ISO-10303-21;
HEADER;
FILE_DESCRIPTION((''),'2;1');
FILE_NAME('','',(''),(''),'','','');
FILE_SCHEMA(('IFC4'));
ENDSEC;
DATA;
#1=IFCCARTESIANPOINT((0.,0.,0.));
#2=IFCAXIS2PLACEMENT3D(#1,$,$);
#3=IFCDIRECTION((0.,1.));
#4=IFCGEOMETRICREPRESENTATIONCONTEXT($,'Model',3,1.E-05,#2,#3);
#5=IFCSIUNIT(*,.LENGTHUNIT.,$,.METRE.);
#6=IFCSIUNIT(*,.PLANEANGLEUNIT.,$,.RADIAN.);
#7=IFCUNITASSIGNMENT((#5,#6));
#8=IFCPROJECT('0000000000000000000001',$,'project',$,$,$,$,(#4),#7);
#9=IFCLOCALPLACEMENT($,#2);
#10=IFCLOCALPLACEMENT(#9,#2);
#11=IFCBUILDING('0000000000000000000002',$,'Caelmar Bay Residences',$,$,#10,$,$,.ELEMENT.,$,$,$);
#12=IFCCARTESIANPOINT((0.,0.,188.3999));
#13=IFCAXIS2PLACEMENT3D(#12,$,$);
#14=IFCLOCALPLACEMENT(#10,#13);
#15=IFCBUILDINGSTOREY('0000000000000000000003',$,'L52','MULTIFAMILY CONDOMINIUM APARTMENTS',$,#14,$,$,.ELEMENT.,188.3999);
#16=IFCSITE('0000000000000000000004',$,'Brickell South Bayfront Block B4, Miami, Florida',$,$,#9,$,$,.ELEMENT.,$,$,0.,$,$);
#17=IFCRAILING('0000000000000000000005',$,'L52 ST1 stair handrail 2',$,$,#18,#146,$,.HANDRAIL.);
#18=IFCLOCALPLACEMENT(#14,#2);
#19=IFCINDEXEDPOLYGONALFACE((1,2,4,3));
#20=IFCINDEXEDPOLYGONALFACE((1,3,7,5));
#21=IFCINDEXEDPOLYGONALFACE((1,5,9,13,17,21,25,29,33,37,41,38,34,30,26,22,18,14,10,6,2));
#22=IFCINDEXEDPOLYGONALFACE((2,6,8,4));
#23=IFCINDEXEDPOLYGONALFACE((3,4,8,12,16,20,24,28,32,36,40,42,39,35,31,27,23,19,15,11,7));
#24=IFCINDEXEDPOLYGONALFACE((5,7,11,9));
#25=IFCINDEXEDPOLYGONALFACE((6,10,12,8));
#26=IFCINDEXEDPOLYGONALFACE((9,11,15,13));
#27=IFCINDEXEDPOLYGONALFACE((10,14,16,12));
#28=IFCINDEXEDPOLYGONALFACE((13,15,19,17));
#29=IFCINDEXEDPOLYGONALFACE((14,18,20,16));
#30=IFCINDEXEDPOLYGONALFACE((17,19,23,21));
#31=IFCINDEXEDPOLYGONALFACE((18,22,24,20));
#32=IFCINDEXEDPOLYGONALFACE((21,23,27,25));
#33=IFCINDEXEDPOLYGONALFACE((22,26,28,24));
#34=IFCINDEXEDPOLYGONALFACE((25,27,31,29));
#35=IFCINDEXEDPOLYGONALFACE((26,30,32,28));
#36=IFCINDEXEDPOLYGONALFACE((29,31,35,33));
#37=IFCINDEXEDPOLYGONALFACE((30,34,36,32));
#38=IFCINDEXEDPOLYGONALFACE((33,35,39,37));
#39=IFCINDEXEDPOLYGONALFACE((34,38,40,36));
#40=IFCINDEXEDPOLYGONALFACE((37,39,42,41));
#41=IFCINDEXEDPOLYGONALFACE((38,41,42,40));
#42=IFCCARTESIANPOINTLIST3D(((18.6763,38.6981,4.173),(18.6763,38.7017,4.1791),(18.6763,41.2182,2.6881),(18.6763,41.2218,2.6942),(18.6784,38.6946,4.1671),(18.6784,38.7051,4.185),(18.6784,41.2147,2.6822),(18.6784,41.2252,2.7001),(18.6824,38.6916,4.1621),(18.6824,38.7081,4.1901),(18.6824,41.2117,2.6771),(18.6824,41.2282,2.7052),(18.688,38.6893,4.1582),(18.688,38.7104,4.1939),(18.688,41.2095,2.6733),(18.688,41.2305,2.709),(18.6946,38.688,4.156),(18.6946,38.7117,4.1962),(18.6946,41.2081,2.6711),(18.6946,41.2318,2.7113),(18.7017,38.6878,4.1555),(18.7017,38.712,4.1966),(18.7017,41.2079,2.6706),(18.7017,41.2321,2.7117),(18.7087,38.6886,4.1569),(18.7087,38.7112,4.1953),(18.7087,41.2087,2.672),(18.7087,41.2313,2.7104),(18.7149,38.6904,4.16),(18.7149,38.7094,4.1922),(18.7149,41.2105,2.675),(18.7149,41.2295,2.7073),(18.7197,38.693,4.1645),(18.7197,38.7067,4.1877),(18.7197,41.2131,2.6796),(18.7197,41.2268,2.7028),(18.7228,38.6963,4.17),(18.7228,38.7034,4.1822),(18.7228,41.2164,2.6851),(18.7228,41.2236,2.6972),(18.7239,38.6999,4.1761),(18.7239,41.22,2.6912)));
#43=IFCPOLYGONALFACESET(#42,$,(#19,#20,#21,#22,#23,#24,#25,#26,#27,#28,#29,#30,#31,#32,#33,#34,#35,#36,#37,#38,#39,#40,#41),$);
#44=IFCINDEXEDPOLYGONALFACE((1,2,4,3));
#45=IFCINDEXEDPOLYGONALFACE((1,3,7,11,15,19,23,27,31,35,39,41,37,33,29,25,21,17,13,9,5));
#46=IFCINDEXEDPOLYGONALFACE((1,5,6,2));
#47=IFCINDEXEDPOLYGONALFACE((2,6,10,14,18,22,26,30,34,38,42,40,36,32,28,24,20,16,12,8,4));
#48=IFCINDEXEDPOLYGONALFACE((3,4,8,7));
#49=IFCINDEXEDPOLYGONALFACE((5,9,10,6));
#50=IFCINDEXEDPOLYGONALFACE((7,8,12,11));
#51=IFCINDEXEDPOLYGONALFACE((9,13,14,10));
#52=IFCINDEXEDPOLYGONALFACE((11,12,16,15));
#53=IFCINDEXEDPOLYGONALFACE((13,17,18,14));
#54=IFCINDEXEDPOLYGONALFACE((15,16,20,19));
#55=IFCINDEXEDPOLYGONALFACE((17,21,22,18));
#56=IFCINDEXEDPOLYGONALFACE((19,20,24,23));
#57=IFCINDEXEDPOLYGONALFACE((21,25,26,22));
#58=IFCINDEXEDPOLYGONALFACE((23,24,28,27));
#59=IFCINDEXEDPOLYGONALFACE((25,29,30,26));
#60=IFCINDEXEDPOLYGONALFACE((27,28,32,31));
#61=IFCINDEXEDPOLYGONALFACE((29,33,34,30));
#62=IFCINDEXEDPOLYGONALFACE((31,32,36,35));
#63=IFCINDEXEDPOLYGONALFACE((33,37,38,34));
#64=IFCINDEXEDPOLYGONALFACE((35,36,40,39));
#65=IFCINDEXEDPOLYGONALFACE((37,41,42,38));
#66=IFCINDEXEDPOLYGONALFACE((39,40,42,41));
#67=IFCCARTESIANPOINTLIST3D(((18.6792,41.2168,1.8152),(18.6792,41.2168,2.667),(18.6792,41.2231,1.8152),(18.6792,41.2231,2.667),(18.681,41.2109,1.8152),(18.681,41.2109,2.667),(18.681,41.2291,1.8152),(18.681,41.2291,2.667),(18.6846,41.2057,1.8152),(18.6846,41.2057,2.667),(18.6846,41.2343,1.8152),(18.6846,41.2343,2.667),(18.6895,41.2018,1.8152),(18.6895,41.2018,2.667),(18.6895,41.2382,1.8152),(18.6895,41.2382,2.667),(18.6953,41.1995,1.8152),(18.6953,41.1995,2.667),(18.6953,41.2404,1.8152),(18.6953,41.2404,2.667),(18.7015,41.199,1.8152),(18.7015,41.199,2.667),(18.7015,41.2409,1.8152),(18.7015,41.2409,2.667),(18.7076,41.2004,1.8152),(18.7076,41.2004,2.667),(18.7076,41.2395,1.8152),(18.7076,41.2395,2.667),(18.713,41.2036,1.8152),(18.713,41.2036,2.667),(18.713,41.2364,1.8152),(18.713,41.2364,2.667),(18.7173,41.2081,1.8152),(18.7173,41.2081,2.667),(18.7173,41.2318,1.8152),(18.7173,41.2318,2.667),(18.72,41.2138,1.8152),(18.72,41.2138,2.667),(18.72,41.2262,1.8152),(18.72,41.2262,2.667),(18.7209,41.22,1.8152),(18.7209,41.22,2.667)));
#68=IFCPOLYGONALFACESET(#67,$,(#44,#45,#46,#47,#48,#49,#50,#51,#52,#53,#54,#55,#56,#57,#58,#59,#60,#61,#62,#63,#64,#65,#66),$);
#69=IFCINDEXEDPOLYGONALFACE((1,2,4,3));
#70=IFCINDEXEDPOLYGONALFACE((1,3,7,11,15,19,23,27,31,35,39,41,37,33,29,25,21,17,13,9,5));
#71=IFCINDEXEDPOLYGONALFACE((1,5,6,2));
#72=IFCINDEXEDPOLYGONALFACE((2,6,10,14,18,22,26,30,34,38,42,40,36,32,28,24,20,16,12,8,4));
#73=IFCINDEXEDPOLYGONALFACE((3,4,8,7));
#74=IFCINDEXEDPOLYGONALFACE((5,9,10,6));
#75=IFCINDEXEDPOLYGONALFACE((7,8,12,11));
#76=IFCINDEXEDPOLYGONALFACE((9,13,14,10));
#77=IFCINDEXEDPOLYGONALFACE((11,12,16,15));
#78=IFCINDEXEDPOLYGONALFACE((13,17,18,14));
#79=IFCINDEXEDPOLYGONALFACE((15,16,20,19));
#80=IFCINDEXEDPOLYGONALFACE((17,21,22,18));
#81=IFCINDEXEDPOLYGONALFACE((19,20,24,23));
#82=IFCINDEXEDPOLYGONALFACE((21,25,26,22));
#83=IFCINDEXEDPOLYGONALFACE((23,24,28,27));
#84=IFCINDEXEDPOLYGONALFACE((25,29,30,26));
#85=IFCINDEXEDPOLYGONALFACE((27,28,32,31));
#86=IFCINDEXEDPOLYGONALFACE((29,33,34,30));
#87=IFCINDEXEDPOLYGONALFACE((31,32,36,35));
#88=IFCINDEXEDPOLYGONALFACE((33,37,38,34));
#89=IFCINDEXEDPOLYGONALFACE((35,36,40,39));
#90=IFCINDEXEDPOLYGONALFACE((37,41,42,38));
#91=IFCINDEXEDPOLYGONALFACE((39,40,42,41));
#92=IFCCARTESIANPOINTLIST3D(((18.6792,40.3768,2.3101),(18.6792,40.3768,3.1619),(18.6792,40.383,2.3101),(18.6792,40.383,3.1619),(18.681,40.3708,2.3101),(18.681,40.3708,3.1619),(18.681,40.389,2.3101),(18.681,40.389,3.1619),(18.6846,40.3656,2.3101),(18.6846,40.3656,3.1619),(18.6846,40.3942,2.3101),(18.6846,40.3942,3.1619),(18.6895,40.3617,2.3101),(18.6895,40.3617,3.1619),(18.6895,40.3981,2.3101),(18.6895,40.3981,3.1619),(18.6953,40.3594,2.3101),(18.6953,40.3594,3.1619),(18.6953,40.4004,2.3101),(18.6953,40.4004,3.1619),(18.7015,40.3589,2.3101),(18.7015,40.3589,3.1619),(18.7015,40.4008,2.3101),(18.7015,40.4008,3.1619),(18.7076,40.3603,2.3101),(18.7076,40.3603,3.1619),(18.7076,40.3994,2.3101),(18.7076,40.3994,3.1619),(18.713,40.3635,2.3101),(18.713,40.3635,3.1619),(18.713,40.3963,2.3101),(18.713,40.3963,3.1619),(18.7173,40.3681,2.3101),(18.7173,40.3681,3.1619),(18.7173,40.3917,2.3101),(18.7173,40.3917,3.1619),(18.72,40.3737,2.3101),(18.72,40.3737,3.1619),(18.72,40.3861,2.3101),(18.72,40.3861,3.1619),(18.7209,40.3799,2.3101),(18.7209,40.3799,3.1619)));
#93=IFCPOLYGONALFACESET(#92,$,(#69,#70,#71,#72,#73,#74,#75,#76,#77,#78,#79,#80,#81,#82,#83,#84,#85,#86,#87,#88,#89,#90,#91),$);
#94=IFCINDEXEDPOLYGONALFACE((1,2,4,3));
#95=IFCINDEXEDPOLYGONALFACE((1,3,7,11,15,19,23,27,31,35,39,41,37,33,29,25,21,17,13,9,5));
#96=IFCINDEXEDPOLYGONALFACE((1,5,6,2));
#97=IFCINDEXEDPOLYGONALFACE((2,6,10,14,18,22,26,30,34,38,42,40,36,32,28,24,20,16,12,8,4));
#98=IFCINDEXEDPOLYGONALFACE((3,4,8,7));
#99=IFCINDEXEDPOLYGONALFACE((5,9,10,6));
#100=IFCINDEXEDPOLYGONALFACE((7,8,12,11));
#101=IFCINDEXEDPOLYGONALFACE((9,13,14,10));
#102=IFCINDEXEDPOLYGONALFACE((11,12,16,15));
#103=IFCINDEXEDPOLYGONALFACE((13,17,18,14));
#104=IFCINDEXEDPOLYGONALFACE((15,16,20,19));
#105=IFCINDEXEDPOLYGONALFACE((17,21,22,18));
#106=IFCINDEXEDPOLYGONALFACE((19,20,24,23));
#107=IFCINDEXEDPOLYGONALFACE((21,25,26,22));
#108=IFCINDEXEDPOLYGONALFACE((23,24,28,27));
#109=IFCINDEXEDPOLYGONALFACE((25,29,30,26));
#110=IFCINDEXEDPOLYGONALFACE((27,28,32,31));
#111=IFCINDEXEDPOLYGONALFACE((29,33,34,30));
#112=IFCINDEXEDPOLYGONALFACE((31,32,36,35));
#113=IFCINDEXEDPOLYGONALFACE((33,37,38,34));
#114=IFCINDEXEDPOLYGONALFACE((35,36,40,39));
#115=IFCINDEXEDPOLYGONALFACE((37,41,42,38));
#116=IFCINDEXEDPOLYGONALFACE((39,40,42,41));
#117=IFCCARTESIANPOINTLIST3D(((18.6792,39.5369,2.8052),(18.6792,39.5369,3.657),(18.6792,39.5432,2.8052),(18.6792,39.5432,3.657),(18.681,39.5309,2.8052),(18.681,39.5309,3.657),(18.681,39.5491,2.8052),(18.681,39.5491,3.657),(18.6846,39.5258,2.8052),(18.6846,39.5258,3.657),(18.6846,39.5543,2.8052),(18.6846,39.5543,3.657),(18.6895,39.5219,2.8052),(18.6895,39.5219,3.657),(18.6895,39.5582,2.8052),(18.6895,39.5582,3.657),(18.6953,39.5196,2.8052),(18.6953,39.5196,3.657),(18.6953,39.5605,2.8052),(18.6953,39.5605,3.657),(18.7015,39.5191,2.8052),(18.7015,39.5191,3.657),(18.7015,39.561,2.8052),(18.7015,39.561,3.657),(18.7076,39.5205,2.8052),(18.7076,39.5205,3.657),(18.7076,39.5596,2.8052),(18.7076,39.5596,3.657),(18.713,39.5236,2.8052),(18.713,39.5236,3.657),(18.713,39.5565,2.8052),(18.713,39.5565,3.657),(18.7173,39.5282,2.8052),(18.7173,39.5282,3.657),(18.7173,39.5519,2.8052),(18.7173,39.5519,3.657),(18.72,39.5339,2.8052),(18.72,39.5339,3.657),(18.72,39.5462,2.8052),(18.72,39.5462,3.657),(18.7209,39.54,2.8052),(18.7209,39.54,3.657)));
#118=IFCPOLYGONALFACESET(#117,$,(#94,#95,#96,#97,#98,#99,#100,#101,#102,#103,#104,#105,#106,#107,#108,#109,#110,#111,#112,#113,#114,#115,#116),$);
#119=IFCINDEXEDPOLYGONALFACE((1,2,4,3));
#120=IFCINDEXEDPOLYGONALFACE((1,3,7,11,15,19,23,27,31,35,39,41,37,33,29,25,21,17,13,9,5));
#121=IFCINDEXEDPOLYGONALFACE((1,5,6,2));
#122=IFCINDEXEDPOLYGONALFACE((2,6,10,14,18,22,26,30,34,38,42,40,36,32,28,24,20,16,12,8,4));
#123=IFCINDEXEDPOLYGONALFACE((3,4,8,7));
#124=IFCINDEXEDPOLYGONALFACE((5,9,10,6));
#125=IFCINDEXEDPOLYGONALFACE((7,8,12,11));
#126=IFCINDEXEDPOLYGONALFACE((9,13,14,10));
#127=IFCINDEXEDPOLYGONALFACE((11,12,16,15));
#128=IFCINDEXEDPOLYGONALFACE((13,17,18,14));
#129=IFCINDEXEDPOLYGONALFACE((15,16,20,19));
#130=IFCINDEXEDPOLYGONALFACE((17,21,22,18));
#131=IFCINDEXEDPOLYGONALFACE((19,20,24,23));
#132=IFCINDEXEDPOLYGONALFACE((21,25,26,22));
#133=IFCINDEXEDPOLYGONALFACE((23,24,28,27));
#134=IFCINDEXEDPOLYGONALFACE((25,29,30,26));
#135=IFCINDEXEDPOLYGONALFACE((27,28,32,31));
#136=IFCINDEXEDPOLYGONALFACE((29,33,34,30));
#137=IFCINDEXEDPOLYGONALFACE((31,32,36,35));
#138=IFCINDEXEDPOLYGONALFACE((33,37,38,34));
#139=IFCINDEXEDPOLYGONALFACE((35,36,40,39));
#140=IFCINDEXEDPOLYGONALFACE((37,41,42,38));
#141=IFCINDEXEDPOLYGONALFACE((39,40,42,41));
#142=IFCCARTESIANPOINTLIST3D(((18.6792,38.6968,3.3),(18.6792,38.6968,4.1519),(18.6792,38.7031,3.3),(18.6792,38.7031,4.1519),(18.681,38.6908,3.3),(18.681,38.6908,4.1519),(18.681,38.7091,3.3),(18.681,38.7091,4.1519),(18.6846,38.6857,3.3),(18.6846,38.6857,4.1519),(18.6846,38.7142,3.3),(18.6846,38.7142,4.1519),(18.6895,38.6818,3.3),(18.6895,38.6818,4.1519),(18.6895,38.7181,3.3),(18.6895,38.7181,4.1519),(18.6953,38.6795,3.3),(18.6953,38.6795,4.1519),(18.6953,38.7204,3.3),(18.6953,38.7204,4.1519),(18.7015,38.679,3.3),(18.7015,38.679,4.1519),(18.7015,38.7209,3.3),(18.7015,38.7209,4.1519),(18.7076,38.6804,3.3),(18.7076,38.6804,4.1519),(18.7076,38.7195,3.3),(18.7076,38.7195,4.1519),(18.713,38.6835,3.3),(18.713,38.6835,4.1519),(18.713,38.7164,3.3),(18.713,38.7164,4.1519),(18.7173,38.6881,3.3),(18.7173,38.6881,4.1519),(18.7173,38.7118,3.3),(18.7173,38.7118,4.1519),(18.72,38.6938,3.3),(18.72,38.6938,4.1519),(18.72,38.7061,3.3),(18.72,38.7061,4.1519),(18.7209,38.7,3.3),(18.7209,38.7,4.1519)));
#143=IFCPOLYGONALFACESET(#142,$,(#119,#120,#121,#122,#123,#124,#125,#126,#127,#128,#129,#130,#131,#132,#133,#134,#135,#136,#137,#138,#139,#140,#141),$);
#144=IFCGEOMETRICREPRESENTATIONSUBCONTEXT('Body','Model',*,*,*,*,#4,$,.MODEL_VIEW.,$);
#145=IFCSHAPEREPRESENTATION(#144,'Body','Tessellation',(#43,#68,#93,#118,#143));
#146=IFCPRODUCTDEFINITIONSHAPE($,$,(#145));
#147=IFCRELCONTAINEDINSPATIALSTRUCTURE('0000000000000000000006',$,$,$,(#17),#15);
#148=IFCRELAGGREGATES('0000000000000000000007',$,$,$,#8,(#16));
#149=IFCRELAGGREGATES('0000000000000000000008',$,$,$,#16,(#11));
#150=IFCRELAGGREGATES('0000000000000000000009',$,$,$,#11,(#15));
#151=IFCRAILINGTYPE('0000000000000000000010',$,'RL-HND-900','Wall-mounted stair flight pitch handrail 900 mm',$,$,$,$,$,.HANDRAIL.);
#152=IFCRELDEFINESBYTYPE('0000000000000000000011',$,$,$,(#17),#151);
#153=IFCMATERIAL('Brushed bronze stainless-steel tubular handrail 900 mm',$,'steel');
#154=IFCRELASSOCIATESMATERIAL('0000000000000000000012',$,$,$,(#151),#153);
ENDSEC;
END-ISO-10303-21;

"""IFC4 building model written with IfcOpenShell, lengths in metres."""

from ifc_helpers import new_model, si_unit, direction, frame, origin, origin_2d, place, context, subcontext, project, spatial, circle, extrude, material, type_object, element, save


model = new_model("IFC4")

# Units and contexts
model_context = context("Model", 3, precision=1e-05, world=origin(), true_north=direction((0.0, 1.0)))
body_context = subcontext(model_context, "Body", "Model", "MODEL_VIEW")
ifc_project = project(units=[si_unit("LENGTHUNIT", "METRE"), si_unit("PLANEANGLEUNIT", "RADIAN")], contexts=[model_context])

# Site, building, storey
site_placement = place(None, origin())
site = spatial("IfcSite", under=ifc_project, at=site_placement, Name="Brickell South Bayfront Block B4, Miami, Florida", CompositionType="ELEMENT", RefElevation=0.0)
building_placement = place(site_placement, origin())
building = spatial("IfcBuilding", under=site, at=building_placement, Name="Caelmar Bay Residences", CompositionType="ELEMENT")
storey_placement = place(building_placement, frame((0.0, 0.0, 188.3999)))
storey = spatial("IfcBuildingStorey", under=building, at=storey_placement, Name="L52", Description="MULTIFAMILY CONDOMINIUM APARTMENTS", CompositionType="ELEMENT", Elevation=188.3999)

# Railing
ifc_material_1 = material(Name="Brushed bronze stainless-steel tubular handrail 900 mm", Category="steel")
railing_type_1 = type_object("IfcRailingType", Name="RL-HND-900", Description="Wall-mounted stair flight pitch handrail 900 mm", PredefinedType="HANDRAIL", material=ifc_material_1)
railing_1_placement = place(storey_placement, frame((18.7, 41.22, 1.8152)))
element("IfcRailing", 1, at=railing_1_placement, inside=storey, type_object=railing_type_1, Name="L52 ST1 stair handrail 2", PredefinedType="HANDRAIL", context=body_context, shape_type="SweptSolid", body=[
    extrude(circle(Radius=0.0239, at=origin_2d()), frame((0.0, 0.0, 0.876), z_axis=(0.0, -0.861561, 0.507655), x_axis=(1.0, 0.0, 0.0)), (0.0, 0.0, 1.0), 2.925),
    extrude(circle(Radius=0.021, at=origin_2d()), origin(), (0.0, 0.0, 1.0), 0.8518),
    extrude(circle(Radius=0.021, at=origin_2d()), frame((0.0, -0.8401, 0.4949)), (0.0, 0.0, 1.0), 0.8518),
    extrude(circle(Radius=0.021, at=origin_2d()), frame((0.0, -1.6799, 0.99)), (0.0, 0.0, 1.0), 0.8518),
    extrude(circle(Radius=0.021, at=origin_2d()), frame((0.0, -2.52, 1.4849)), (0.0, 0.0, 1.0), 0.8518),
])

save(model, "model.ifc")
